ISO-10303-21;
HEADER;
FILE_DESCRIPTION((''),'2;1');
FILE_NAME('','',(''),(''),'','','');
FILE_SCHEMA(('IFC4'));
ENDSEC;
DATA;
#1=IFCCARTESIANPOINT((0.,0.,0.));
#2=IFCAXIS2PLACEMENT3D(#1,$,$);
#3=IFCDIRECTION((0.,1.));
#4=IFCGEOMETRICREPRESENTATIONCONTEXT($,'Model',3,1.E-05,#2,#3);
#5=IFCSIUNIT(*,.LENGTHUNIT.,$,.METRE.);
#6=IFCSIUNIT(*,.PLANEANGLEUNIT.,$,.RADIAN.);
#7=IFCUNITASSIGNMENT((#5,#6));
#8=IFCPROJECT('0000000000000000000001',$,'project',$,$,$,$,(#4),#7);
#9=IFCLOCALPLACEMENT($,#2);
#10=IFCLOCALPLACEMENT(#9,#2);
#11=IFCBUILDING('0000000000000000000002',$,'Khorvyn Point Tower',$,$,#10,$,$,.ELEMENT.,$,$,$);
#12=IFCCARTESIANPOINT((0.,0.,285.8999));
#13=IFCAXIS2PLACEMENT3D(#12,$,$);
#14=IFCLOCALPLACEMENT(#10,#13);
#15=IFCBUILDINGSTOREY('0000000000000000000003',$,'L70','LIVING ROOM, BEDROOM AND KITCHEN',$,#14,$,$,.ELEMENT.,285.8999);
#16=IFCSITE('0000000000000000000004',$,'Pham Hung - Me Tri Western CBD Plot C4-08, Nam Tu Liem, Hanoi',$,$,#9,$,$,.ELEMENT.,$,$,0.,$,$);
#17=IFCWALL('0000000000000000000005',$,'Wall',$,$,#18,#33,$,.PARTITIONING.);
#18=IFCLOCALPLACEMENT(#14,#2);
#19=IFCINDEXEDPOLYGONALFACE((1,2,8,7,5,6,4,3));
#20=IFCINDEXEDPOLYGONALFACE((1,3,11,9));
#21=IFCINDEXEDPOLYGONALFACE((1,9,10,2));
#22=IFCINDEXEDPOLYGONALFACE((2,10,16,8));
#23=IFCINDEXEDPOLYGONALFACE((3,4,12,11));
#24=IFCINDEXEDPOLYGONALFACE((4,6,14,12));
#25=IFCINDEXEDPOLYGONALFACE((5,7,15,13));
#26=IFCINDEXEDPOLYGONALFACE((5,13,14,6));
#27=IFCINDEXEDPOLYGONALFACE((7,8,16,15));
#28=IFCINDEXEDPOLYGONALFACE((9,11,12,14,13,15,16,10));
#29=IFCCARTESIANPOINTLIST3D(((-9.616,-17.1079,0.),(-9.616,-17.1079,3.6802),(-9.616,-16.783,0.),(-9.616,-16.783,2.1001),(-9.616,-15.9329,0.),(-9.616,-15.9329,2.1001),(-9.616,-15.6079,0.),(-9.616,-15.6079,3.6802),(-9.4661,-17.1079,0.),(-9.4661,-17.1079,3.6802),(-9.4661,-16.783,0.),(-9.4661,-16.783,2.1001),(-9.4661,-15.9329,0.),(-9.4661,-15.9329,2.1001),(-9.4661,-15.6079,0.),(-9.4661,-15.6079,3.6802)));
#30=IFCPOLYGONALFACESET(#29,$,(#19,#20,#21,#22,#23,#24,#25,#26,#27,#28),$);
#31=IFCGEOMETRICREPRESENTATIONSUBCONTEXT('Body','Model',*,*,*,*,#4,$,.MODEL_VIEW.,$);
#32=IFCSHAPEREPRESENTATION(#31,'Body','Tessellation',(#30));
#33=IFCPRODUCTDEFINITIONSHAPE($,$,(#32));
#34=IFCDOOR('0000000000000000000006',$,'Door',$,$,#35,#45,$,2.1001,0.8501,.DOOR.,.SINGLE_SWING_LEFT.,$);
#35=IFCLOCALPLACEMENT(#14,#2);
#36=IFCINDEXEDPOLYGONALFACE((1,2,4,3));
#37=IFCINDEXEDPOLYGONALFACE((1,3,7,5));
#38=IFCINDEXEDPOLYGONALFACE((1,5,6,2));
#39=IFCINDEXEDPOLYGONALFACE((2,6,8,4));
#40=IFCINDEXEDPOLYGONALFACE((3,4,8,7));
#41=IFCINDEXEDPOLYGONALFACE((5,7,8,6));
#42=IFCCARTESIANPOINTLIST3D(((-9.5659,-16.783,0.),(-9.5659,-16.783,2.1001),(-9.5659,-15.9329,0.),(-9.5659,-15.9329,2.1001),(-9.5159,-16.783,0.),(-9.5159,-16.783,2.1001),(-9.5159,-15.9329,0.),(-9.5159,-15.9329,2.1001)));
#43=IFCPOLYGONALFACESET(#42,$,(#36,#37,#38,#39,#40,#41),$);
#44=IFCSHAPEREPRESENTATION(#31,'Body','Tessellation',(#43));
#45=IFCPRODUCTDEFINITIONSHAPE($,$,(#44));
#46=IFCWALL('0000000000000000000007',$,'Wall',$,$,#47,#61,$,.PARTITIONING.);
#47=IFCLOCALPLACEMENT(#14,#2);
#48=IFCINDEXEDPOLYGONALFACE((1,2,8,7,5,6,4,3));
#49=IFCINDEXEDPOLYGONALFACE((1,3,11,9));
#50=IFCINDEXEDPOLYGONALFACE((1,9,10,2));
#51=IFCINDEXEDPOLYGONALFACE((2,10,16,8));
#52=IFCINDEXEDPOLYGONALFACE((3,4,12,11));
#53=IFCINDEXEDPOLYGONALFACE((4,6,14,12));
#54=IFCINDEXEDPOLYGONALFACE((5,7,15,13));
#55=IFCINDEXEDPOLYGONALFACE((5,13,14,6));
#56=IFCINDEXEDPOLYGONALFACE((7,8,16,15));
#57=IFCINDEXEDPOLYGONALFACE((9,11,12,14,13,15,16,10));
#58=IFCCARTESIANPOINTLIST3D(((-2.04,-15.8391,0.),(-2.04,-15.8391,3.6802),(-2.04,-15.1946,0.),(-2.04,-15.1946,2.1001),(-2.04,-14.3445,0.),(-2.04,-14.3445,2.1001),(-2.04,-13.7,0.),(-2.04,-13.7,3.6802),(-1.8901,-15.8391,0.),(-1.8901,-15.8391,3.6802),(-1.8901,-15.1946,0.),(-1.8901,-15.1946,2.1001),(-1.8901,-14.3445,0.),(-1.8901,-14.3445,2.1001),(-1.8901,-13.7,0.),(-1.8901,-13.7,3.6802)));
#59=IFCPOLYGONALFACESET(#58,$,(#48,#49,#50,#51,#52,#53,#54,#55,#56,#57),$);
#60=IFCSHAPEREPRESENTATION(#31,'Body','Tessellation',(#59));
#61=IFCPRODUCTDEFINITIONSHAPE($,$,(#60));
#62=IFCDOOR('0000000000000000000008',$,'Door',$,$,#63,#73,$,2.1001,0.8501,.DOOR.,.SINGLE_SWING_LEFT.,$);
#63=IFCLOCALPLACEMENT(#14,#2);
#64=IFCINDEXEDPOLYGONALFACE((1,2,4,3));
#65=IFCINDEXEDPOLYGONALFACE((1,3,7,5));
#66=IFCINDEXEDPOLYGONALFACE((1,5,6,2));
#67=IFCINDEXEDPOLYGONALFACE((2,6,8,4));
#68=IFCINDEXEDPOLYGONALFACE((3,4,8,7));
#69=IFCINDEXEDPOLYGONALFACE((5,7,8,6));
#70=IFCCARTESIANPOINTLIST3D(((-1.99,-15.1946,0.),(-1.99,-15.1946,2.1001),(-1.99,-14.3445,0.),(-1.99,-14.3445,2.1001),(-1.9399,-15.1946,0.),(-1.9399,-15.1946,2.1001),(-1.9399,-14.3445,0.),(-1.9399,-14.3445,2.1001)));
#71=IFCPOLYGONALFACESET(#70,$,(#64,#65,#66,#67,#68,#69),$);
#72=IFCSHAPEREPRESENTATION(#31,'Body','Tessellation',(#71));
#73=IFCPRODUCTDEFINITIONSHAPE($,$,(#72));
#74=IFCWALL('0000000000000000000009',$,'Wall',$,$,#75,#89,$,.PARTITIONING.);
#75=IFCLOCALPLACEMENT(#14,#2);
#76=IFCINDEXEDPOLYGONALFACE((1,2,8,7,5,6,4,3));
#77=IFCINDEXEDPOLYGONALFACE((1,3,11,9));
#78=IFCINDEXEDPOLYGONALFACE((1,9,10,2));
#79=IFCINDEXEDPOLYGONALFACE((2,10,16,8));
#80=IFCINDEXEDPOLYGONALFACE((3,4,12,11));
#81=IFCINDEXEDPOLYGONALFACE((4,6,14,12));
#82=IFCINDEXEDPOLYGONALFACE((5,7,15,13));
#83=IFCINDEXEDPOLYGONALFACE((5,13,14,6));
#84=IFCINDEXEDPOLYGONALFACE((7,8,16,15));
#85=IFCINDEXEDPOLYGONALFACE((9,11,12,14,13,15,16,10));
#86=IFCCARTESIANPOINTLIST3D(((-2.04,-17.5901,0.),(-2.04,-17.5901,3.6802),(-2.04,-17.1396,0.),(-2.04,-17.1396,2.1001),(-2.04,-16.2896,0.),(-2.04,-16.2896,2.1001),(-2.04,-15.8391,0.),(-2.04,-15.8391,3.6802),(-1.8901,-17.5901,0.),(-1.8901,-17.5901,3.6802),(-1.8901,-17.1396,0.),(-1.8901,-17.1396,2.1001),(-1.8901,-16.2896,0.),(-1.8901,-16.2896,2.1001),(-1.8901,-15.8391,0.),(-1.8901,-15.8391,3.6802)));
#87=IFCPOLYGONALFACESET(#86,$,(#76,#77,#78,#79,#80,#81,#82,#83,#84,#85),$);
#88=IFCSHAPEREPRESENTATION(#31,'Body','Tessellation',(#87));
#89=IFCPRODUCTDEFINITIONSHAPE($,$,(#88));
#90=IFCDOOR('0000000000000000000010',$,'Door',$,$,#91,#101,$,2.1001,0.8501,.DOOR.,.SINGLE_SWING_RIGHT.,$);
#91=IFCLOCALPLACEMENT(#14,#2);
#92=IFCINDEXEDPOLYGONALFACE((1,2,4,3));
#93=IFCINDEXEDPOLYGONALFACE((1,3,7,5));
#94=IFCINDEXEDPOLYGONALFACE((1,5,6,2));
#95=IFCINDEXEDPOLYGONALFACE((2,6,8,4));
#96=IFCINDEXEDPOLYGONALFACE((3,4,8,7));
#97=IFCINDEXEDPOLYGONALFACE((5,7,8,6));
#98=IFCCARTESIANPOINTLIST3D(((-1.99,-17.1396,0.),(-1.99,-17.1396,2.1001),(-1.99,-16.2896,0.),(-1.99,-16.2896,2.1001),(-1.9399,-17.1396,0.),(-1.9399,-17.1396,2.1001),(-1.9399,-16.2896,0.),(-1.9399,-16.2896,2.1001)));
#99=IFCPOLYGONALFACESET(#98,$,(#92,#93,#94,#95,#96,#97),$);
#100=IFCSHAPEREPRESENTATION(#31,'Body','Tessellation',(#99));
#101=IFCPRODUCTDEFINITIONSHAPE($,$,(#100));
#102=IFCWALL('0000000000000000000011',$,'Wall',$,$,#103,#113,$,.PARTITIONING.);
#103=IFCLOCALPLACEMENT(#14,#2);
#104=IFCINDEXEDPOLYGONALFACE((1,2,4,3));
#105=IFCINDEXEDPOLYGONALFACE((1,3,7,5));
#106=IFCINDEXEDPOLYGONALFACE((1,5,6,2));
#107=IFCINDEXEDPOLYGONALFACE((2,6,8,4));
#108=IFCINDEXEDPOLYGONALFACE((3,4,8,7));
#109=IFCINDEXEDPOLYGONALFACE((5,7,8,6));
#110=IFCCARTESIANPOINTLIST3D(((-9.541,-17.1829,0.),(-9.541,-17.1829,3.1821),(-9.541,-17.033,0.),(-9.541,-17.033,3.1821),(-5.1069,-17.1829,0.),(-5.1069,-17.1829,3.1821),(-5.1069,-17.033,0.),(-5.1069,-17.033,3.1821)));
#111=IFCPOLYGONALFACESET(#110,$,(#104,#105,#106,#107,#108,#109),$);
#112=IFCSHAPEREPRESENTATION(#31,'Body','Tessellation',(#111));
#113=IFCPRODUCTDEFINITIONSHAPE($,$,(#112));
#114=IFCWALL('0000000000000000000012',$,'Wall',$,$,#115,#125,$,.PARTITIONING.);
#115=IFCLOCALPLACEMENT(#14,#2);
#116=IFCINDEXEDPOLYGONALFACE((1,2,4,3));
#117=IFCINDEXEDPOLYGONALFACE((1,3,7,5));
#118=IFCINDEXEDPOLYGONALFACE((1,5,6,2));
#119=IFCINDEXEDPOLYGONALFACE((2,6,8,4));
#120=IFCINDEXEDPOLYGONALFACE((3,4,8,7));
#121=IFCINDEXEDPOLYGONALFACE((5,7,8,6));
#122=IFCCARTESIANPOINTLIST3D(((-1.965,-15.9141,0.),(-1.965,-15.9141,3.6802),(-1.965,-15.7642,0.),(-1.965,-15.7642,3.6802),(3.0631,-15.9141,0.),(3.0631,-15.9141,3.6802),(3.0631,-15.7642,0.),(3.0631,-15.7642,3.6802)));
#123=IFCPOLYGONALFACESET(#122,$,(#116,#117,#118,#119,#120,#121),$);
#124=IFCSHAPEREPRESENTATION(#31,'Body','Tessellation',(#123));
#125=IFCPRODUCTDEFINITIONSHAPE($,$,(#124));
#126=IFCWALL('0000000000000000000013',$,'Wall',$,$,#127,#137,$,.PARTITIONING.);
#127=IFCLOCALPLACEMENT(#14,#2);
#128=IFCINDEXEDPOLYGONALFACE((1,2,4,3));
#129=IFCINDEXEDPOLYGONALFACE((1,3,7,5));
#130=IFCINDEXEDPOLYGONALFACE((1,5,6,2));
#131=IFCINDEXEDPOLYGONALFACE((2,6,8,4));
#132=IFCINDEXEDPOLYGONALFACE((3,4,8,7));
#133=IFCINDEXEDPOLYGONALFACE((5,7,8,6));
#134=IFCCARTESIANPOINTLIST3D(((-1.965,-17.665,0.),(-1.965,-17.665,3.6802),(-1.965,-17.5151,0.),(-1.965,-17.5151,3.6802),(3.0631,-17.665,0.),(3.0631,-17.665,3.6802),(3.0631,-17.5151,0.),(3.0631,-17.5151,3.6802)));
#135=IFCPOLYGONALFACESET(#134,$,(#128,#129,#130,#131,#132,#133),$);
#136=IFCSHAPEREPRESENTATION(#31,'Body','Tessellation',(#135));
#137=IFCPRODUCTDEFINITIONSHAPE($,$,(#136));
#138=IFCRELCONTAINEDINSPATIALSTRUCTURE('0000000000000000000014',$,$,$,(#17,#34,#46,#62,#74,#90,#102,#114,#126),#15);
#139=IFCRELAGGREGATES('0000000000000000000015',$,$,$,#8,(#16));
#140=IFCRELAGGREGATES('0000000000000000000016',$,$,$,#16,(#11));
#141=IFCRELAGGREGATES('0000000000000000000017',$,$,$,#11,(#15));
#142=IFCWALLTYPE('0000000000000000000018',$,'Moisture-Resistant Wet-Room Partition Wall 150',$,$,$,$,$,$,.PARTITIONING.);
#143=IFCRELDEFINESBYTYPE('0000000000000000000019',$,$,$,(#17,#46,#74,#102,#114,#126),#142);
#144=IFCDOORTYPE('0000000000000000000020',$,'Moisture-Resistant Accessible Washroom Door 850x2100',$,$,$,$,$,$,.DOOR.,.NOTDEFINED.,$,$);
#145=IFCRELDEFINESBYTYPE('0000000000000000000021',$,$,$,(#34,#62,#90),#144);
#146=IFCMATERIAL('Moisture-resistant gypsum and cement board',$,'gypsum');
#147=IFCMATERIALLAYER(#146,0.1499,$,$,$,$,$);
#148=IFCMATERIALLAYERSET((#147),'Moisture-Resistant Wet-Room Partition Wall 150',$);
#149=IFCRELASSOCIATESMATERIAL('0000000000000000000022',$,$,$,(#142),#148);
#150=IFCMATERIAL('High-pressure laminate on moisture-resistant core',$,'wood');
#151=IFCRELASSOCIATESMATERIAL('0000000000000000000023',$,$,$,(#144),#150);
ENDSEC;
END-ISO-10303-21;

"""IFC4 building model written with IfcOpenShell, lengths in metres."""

from ifc_helpers import new_model, si_unit, direction, frame, frame_2d, origin, place, context, subcontext, project, spatial, rectangle, extrude, material, layer, layer_set, type_object, element, fill, save


model = new_model("IFC4")

# Units and contexts
model_context = context("Model", 3, precision=1e-05, world=origin(), true_north=direction((0.0, 1.0)))
body_context = subcontext(model_context, "Body", "Model", "MODEL_VIEW")
ifc_project = project(units=[si_unit("LENGTHUNIT", "METRE"), si_unit("PLANEANGLEUNIT", "RADIAN")], contexts=[model_context])

# Site, building, storey
site_placement = place(None, origin())
site = spatial("IfcSite", under=ifc_project, at=site_placement, Name="Pham Hung - Me Tri Western CBD Plot C4-08, Nam Tu Liem, Hanoi", CompositionType="ELEMENT", RefElevation=0.0)
building_placement = place(site_placement, origin())
building = spatial("IfcBuilding", under=site, at=building_placement, Name="Khorvyn Point Tower", CompositionType="ELEMENT")
storey_placement = place(building_placement, frame((0.0, 0.0, 285.8999)))
storey = spatial("IfcBuildingStorey", under=building, at=storey_placement, Name="L70", Description="LIVING ROOM, BEDROOM AND KITCHEN", CompositionType="ELEMENT", Elevation=285.8999)

# Walls, openings, doors
ifc_material_1 = material(Name="Moisture-resistant gypsum and cement board", Category="gypsum")
ifc_layer_1 = layer(ifc_material_1, 0.1499)
ifc_layer_set_1 = layer_set([ifc_layer_1], Name="Moisture-Resistant Wet-Room Partition Wall 150")
wall_type_1 = type_object("IfcWallType", Name="Moisture-Resistant Wet-Room Partition Wall 150", PredefinedType="PARTITIONING", material=ifc_layer_set_1)
wall_1_placement = place(storey_placement, frame((-9.541, -17.1079, 0.0), z_axis=(0.0, 0.0, 1.0), x_axis=(0.0, 1.0, 0.0)))
wall_1 = element("IfcWall", 1, at=wall_1_placement, inside=storey, type_object=wall_type_1, Name="Wall", PredefinedType="PARTITIONING", context=body_context, shape_type="SweptSolid", body=[
    extrude(rectangle(XDim=1.5, YDim=0.1499, at=frame_2d((0.75, 0.0))), origin(), (0.0, 0.0, 1.0), 3.6802),
])
opening_1_placement = place(wall_1_placement, frame((0.325, 0.0, 0.0)))
opening_1 = element("IfcOpeningElement", 2, at=opening_1_placement, cuts=wall_1, PredefinedType="OPENING", context=body_context, shape_type="SweptSolid", body=[
    extrude(rectangle(XDim=0.8501, YDim=2.1001, at=frame_2d((0.425, 1.05))), frame((0.0, 0.085, 0.0), z_axis=(0.0, -1.0, 0.0), x_axis=(1.0, 0.0, 0.0)), (0.0, 0.0, 1.0), 0.1699),
])
ifc_material_2 = material(Name="High-pressure laminate on moisture-resistant core", Category="wood")
door_type_1 = type_object("IfcDoorType", Name="Moisture-Resistant Accessible Washroom Door 850x2100", OperationType="NOTDEFINED", PredefinedType="DOOR", material=ifc_material_2)
door_1_placement = place(opening_1_placement, origin())
door_1 = element("IfcDoor", 3, at=door_1_placement, inside=storey, type_object=door_type_1, Name="Door", OperationType="SINGLE_SWING_LEFT", OverallHeight=2.1001, OverallWidth=0.8501, PredefinedType="DOOR", context=body_context, shape_type="SweptSolid", body=[
    extrude(rectangle(XDim=0.8501, YDim=2.1001, at=frame_2d((0.425, 1.05))), frame((0.0, 0.0249, 0.0), z_axis=(0.0, -1.0, 0.0), x_axis=(1.0, 0.0, 0.0)), (0.0, 0.0, 1.0), 0.05),
])
fill(opening_1, door_1)
wall_2_placement = place(storey_placement, frame((-1.9651, -15.8391, 0.0), z_axis=(0.0, 0.0, 1.0), x_axis=(0.0, 1.0, 0.0)))
wall_2 = element("IfcWall", 4, at=wall_2_placement, inside=storey, type_object=wall_type_1, Name="Wall", PredefinedType="PARTITIONING", context=body_context, shape_type="SweptSolid", body=[
    extrude(rectangle(XDim=2.1392, YDim=0.1499, at=frame_2d((1.0696, 0.0))), origin(), (0.0, 0.0, 1.0), 3.6802),
])
opening_2_placement = place(wall_2_placement, frame((0.6445, 0.0, 0.0)))
opening_2 = element("IfcOpeningElement", 5, at=opening_2_placement, cuts=wall_2, PredefinedType="OPENING", context=body_context, shape_type="SweptSolid", body=[
    extrude(rectangle(XDim=0.8501, YDim=2.1001, at=frame_2d((0.425, 1.05))), frame((0.0, 0.085, 0.0), z_axis=(0.0, -1.0, 0.0), x_axis=(1.0, 0.0, 0.0)), (0.0, 0.0, 1.0), 0.1699),
])
door_2_placement = place(opening_2_placement, origin())
door_2 = element("IfcDoor", 6, at=door_2_placement, inside=storey, type_object=door_type_1, Name="Door", OperationType="SINGLE_SWING_LEFT", OverallHeight=2.1001, OverallWidth=0.8501, PredefinedType="DOOR", context=body_context, shape_type="SweptSolid", body=[
    extrude(rectangle(XDim=0.8501, YDim=2.1001, at=frame_2d((0.425, 1.05))), frame((0.0, 0.0249, 0.0), z_axis=(0.0, -1.0, 0.0), x_axis=(1.0, 0.0, 0.0)), (0.0, 0.0, 1.0), 0.05),
])
fill(opening_2, door_2)
wall_3_placement = place(storey_placement, frame((-1.9651, -17.5901, 0.0), z_axis=(0.0, 0.0, 1.0), x_axis=(0.0, 1.0, 0.0)))
wall_3 = element("IfcWall", 7, at=wall_3_placement, inside=storey, type_object=wall_type_1, Name="Wall", PredefinedType="PARTITIONING", context=body_context, shape_type="SweptSolid", body=[
    extrude(rectangle(XDim=1.751, YDim=0.1499, at=frame_2d((0.8755, 0.0))), origin(), (0.0, 0.0, 1.0), 3.6802),
])
opening_3_placement = place(wall_3_placement, frame((0.4504, 0.0, 0.0)))
opening_3 = element("IfcOpeningElement", 8, at=opening_3_placement, cuts=wall_3, PredefinedType="OPENING", context=body_context, shape_type="SweptSolid", body=[
    extrude(rectangle(XDim=0.8501, YDim=2.1001, at=frame_2d((0.425, 1.05))), frame((0.0, 0.085, 0.0), z_axis=(0.0, -1.0, 0.0), x_axis=(1.0, 0.0, 0.0)), (0.0, 0.0, 1.0), 0.1699),
])
door_3_placement = place(opening_3_placement, origin())
door_3 = element("IfcDoor", 9, at=door_3_placement, inside=storey, type_object=door_type_1, Name="Door", OperationType="SINGLE_SWING_RIGHT", OverallHeight=2.1001, OverallWidth=0.8501, PredefinedType="DOOR", context=body_context, shape_type="SweptSolid", body=[
    extrude(rectangle(XDim=0.8501, YDim=2.1001, at=frame_2d((0.425, 1.05))), frame((0.0, 0.0249, 0.0), z_axis=(0.0, -1.0, 0.0), x_axis=(1.0, 0.0, 0.0)), (0.0, 0.0, 1.0), 0.05),
])
fill(opening_3, door_3)

# Walls
wall_4_placement = place(storey_placement, frame((-9.541, -17.1079, 0.0), z_axis=(0.0, 0.0, 1.0), x_axis=(1.0, 0.0, 0.0)))
element("IfcWall", 10, at=wall_4_placement, inside=storey, type_object=wall_type_1, Name="Wall", PredefinedType="PARTITIONING", context=body_context, shape_type="SweptSolid", body=[
    extrude(rectangle(XDim=4.4341, YDim=0.1499, at=frame_2d((2.217, 0.0))), origin(), (0.0, 0.0, 1.0), 3.1821),
])
for number, where, z_axis, x_axis, name in (
    (11, (-1.9651, -15.8391, 0.0), (0.0, 0.0, 1.0), (1.0, 0.0, 0.0), "Wall"),
    (12, (-1.9651, -17.5901, 0.0), (0.0, 0.0, 1.0), (1.0, 0.0, 0.0), "Wall"),
):
    element("IfcWall", number, at=place(storey_placement, frame(where, z_axis=z_axis, x_axis=x_axis)), inside=storey, type_object=wall_type_1, Name=name, PredefinedType="PARTITIONING", context=body_context, shape_type="SweptSolid", body=[
        extrude(rectangle(XDim=5.0281, YDim=0.1499, at=frame_2d((2.5142, 0.0))), origin(), (0.0, 0.0, 1.0), 3.6802),
    ])

save(model, "model.ifc")
